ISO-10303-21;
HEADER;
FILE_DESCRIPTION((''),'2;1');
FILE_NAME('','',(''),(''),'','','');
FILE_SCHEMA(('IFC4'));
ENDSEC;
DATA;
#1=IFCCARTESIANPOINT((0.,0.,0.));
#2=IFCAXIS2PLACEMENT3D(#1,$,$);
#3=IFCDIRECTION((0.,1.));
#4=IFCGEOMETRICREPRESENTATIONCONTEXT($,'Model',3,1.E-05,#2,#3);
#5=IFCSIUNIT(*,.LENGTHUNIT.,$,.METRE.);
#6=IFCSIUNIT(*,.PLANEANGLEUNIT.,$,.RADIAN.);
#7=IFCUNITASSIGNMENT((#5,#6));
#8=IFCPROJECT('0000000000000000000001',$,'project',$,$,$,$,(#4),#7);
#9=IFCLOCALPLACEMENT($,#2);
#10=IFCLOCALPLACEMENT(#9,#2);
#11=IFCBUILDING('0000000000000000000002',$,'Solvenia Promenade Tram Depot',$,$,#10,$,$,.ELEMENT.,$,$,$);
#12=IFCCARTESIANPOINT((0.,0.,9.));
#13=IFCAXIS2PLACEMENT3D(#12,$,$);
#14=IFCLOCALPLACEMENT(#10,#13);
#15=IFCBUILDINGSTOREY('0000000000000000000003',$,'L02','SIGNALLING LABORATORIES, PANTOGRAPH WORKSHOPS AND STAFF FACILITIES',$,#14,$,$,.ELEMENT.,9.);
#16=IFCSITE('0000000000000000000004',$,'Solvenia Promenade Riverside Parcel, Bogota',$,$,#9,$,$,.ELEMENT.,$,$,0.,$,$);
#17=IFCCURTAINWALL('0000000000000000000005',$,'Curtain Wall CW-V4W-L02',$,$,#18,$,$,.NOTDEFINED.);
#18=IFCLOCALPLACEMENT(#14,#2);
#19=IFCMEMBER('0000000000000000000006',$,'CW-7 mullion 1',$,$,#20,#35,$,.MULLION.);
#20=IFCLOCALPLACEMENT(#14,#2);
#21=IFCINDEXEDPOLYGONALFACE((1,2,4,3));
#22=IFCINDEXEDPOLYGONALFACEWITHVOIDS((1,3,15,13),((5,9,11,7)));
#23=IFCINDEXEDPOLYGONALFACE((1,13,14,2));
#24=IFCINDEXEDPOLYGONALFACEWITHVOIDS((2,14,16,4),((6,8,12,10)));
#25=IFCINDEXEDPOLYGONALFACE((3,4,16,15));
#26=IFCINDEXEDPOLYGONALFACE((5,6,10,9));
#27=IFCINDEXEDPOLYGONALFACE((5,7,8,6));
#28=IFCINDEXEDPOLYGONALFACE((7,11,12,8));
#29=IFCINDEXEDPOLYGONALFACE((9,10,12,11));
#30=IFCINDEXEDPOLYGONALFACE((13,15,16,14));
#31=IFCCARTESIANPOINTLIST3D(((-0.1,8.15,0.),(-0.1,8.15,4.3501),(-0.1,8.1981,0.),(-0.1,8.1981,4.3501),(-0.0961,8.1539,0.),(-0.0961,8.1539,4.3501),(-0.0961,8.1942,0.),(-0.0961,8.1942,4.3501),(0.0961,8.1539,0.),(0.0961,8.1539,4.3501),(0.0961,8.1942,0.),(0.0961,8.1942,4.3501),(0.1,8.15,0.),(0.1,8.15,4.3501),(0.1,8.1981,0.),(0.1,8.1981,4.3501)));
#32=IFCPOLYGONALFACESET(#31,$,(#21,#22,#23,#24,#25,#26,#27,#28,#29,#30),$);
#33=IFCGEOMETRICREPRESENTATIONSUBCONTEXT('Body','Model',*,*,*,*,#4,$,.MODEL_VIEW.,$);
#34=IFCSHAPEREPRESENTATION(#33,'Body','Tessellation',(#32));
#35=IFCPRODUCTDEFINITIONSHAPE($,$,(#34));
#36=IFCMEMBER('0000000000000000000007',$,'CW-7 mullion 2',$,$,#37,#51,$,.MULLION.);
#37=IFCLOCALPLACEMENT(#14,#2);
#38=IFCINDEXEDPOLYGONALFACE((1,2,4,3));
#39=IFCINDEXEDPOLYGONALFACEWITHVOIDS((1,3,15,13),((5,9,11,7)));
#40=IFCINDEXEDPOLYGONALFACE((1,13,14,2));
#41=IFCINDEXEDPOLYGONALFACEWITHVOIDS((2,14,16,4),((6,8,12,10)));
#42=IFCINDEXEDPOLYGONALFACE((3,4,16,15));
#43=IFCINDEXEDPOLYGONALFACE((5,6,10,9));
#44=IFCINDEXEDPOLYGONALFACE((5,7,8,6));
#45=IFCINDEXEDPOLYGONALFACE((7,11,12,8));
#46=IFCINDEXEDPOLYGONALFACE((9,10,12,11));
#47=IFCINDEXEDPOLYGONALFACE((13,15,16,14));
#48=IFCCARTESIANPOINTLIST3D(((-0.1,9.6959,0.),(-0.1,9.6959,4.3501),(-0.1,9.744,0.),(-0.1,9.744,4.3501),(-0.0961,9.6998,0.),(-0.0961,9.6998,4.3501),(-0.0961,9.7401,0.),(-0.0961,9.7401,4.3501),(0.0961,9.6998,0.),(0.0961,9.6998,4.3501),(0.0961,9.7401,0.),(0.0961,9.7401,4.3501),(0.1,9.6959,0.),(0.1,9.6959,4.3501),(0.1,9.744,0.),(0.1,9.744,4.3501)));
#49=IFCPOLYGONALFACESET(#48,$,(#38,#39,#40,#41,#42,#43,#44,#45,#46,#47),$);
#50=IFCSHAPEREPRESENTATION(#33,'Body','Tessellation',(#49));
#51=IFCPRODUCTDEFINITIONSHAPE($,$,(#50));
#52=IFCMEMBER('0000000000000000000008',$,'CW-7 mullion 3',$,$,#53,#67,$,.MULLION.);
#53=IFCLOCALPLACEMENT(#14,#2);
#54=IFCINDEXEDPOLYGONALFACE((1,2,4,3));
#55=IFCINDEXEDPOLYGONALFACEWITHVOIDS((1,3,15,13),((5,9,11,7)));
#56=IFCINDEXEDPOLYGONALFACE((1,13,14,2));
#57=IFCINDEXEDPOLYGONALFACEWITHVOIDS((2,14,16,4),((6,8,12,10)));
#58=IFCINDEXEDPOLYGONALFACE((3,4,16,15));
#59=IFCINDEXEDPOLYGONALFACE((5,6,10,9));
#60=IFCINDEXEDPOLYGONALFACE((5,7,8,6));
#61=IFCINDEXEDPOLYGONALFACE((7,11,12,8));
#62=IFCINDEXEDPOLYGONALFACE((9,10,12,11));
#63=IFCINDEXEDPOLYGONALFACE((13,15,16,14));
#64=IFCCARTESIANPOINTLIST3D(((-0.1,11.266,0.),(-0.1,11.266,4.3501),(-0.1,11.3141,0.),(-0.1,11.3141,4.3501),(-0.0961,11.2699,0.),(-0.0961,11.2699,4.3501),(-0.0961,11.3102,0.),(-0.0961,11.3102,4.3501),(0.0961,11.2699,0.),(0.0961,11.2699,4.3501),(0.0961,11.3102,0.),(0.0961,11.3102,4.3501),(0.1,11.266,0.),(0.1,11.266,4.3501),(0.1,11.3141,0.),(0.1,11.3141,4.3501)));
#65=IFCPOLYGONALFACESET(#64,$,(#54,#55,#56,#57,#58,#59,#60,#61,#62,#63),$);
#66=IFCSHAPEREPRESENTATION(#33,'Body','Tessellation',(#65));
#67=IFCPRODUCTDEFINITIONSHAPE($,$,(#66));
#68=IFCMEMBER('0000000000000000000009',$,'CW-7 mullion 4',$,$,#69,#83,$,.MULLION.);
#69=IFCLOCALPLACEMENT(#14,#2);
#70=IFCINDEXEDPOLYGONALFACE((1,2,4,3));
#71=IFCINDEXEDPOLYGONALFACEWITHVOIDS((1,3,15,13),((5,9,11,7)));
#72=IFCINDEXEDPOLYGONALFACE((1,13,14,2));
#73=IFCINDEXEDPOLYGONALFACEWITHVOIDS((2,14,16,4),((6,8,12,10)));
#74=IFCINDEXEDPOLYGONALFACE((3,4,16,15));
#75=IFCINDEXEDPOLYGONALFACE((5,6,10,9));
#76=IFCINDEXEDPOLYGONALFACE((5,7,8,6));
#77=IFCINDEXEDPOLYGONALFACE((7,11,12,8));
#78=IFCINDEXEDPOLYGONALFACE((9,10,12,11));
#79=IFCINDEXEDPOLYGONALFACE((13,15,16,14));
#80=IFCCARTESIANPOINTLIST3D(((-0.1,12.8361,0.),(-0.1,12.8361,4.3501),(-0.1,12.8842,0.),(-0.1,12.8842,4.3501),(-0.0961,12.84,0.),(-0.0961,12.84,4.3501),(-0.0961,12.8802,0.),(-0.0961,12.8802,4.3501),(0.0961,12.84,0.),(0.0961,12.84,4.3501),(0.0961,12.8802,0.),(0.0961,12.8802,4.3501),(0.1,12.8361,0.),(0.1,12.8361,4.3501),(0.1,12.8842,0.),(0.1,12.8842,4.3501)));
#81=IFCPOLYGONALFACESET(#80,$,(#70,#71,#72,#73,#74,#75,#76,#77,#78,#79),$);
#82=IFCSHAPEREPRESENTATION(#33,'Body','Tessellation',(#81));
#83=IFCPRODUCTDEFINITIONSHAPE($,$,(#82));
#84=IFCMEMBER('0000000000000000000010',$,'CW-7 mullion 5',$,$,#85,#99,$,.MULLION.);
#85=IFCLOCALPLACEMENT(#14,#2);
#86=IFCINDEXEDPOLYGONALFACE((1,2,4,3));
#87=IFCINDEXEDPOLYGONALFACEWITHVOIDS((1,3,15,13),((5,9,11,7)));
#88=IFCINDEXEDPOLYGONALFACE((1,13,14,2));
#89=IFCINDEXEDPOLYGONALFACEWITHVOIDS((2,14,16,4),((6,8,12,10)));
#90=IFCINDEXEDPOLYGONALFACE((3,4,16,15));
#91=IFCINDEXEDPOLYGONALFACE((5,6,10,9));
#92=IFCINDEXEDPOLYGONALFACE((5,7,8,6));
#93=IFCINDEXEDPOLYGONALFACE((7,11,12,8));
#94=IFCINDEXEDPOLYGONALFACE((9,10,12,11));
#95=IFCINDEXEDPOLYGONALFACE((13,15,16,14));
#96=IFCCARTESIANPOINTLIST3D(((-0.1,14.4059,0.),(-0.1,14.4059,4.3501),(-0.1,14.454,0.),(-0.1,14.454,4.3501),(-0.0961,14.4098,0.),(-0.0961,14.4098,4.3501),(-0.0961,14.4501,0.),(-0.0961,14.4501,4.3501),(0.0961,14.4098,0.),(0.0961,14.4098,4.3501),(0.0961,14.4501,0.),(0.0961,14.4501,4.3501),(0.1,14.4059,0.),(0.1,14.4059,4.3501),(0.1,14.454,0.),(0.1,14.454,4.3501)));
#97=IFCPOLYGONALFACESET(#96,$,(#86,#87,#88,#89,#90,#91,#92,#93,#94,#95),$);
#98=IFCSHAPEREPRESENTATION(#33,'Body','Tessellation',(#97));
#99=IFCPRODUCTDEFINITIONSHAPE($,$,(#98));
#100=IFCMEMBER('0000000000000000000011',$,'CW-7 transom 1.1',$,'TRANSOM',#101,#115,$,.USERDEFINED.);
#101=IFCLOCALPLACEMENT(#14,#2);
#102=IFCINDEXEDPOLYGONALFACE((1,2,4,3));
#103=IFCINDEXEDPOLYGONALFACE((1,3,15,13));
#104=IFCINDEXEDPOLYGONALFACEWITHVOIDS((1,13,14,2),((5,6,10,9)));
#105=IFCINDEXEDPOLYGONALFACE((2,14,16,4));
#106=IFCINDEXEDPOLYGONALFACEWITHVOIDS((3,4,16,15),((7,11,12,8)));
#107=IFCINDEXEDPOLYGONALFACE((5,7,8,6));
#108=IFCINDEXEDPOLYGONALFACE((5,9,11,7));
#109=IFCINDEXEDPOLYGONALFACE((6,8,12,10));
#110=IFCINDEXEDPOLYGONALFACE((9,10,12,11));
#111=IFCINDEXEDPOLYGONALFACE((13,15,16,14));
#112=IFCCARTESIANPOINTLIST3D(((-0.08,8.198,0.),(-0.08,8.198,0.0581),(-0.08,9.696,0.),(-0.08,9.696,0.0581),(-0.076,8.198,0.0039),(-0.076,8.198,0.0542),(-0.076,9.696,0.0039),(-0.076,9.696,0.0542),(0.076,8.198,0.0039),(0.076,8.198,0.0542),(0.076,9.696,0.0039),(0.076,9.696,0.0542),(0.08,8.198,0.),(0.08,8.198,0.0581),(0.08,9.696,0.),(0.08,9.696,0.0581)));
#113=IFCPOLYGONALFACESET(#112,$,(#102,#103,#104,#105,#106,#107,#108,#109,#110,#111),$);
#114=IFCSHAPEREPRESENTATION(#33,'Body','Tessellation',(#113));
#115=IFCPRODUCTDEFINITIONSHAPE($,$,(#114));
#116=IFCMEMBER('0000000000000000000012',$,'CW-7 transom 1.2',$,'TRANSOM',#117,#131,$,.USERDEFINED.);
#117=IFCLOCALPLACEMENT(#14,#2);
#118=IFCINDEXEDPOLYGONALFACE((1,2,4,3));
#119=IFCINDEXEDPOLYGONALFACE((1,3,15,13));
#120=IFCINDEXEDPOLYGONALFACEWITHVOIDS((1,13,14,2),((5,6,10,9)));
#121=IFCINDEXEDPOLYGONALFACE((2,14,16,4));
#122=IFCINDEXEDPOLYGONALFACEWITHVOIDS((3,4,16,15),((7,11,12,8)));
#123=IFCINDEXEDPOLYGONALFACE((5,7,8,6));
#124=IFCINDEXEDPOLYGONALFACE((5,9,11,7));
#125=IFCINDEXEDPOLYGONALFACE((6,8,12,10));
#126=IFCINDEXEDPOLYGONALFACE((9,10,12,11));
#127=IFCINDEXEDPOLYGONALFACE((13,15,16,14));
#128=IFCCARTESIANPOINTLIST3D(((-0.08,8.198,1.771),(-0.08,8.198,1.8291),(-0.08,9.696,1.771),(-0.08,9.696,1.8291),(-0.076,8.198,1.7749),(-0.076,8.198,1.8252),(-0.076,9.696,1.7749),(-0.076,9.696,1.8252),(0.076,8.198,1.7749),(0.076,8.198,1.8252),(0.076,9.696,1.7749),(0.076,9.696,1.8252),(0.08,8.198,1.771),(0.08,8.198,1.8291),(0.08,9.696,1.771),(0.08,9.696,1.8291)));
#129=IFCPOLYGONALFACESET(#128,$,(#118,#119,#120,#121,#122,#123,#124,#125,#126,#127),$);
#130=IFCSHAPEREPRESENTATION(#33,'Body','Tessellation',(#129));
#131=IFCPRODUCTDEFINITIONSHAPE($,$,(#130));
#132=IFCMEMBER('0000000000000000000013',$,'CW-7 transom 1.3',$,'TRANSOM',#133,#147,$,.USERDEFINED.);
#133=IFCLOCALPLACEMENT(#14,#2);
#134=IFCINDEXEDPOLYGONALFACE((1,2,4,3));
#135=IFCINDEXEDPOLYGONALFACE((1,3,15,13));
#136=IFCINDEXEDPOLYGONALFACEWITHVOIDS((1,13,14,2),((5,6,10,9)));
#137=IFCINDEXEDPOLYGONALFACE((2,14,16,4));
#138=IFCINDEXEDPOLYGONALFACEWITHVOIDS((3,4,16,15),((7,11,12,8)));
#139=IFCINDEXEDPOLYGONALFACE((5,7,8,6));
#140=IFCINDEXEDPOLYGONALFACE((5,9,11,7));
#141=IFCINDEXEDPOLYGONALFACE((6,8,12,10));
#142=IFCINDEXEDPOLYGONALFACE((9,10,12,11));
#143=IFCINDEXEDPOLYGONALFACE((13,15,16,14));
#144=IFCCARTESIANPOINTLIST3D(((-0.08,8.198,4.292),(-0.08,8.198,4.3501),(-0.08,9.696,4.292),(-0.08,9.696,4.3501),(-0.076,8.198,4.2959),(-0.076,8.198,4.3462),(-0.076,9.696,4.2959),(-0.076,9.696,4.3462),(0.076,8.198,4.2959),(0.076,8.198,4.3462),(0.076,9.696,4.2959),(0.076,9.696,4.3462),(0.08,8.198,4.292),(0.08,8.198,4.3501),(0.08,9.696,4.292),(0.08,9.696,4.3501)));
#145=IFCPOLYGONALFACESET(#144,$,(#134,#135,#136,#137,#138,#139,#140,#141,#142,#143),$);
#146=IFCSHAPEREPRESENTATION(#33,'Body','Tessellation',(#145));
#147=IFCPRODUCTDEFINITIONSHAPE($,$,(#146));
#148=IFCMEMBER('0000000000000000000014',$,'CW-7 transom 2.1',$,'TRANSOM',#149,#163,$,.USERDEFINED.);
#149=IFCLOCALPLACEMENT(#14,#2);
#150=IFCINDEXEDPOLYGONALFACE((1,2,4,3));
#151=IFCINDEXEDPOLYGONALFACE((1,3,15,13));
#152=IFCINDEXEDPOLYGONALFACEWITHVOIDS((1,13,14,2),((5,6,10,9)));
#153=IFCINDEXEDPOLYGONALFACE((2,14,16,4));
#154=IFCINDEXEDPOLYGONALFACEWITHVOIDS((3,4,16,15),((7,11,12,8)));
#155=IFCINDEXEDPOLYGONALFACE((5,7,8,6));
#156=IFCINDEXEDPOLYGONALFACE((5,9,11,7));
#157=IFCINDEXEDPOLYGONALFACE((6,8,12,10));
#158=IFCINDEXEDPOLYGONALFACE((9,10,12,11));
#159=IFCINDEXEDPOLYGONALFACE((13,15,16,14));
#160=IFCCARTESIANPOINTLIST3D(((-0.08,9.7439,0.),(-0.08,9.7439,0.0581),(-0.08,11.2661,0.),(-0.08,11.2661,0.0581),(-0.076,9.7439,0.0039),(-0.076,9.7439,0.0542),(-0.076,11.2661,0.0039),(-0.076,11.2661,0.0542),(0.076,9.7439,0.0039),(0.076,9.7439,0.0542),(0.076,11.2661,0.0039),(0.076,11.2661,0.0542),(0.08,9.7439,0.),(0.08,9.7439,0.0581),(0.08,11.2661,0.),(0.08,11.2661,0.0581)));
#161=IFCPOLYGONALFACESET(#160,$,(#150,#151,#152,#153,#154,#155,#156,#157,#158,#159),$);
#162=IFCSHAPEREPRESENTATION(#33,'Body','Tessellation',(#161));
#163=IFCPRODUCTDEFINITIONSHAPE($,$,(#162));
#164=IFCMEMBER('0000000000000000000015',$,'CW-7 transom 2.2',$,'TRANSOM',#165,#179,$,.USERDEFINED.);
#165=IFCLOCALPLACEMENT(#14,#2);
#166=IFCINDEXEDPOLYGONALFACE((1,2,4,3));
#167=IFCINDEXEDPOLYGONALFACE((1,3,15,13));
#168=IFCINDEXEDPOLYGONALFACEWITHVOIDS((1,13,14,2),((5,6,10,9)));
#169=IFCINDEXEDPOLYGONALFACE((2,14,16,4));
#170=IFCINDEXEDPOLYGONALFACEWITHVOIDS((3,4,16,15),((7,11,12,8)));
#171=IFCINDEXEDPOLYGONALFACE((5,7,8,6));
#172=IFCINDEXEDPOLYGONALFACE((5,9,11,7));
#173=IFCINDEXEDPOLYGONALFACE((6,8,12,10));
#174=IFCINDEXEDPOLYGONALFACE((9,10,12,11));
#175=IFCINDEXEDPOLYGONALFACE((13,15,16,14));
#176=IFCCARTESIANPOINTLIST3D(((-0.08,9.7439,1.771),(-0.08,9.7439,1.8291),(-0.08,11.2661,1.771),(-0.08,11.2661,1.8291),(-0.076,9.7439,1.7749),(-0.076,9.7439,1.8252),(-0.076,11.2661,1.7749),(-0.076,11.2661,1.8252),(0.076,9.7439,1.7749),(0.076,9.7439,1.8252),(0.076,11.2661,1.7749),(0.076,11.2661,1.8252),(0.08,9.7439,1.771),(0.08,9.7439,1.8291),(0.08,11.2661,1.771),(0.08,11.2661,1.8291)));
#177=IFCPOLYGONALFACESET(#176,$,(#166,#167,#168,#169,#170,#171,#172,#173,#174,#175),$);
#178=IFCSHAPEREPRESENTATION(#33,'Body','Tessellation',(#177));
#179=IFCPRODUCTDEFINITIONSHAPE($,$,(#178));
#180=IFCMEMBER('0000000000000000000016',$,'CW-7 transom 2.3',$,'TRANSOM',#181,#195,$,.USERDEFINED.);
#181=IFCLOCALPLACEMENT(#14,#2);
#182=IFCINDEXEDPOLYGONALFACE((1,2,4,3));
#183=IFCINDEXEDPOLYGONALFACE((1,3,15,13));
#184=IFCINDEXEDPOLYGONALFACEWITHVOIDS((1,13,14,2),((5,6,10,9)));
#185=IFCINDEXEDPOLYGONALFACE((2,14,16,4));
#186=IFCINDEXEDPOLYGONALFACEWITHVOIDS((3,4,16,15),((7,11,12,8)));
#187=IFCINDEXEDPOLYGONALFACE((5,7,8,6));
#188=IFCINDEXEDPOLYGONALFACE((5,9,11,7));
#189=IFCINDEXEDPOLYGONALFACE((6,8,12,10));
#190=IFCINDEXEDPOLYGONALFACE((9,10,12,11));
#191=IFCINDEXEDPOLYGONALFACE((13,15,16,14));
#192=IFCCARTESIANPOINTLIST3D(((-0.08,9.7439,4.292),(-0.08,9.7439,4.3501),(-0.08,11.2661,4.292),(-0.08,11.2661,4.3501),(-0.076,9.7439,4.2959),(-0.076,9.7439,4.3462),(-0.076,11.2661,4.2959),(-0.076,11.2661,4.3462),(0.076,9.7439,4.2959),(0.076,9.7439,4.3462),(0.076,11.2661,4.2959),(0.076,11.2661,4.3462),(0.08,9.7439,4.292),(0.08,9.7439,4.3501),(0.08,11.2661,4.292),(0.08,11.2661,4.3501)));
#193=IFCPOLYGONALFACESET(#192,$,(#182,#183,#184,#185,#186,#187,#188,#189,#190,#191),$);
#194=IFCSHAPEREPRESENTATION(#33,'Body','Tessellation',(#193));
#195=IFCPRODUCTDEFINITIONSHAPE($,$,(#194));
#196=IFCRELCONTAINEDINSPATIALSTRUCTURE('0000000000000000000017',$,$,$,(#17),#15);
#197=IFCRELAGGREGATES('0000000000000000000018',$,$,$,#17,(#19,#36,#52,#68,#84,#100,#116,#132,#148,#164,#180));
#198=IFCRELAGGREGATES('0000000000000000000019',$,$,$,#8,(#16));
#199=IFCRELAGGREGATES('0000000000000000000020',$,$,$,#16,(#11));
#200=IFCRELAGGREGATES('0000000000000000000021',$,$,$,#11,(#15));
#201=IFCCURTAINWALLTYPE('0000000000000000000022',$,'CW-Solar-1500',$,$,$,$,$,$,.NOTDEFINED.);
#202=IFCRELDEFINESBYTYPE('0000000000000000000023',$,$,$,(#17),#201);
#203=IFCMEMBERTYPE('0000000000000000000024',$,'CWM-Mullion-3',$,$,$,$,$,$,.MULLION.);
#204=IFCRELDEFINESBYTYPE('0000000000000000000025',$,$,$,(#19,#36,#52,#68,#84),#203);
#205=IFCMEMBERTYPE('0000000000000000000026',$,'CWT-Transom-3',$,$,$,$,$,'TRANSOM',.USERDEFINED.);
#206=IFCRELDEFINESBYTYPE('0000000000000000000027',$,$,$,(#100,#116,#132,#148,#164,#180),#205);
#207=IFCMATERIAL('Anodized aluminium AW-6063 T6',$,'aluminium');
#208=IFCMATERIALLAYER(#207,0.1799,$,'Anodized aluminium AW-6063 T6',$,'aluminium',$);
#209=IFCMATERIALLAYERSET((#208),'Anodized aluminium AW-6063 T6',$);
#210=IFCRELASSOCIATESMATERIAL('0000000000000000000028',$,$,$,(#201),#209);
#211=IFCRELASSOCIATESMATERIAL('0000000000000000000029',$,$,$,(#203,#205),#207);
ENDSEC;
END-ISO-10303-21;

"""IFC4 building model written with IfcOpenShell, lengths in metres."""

from ifc_helpers import new_model, si_unit, direction, frame, origin, origin_2d, place, context, subcontext, project, spatial, hollow_rectangle, extrude, material, layer, layer_set, material_profile, profile_set, type_object, element, aggregate, save


model = new_model("IFC4")

# Units and contexts
model_context = context("Model", 3, precision=1e-05, world=origin(), true_north=direction((0.0, 1.0)))
body_context = subcontext(model_context, "Body", "Model", "MODEL_VIEW")
ifc_project = project(units=[si_unit("LENGTHUNIT", "METRE"), si_unit("PLANEANGLEUNIT", "RADIAN")], contexts=[model_context])

# Site, building, storey
site_placement = place(None, origin())
site = spatial("IfcSite", under=ifc_project, at=site_placement, Name="Solvenia Promenade Riverside Parcel, Bogota", CompositionType="ELEMENT", RefElevation=0.0)
building_placement = place(site_placement, origin())
building = spatial("IfcBuilding", under=site, at=building_placement, Name="Solvenia Promenade Tram Depot", CompositionType="ELEMENT")
storey_placement = place(building_placement, frame((0.0, 0.0, 9.0)))
storey = spatial("IfcBuildingStorey", under=building, at=storey_placement, Name="L02", Description="SIGNALLING LABORATORIES, PANTOGRAPH WORKSHOPS AND STAFF FACILITIES", CompositionType="ELEMENT", Elevation=9.0)

# Curtain wall, members
ifc_material_1 = material(Name="Anodized aluminium AW-6063 T6", Category="aluminium")
ifc_layer_1 = layer(ifc_material_1, 0.1799, Name="Anodized aluminium AW-6063 T6", Category="aluminium")
ifc_layer_set_1 = layer_set([ifc_layer_1], Name="Anodized aluminium AW-6063 T6")
curtain_wall_type = type_object("IfcCurtainWallType", Name="CW-Solar-1500", PredefinedType="NOTDEFINED", material=ifc_layer_set_1)
curtain_wall_placement = place(storey_placement, origin())
curtain_wall = element("IfcCurtainWall", 1, at=curtain_wall_placement, inside=storey, type_object=curtain_wall_type, Name="Curtain Wall CW-V4W-L02", PredefinedType="NOTDEFINED")
ifc_material_profile_1 = material_profile(ifc_material_1, hollow_rectangle(XDim=0.2, YDim=0.0481, WallThickness=0.0039, at=origin_2d()), Name="ALU-M3", Category="aluminium")
ifc_profile_set_1 = profile_set([ifc_material_profile_1], Name="Anodized aluminium AW-6063 T6")
member_type_1 = type_object("IfcMemberType", Name="CWM-Mullion-3", PredefinedType="MULLION", material=ifc_profile_set_1)
member_1_placement = place(storey_placement, frame((0.0, 8.1741, 0.0), z_axis=(0.0, 0.0, 1.0), x_axis=(-1.0, 0.0, 0.0)))
member_1 = element("IfcMember", 2, at=member_1_placement, type_object=member_type_1, Name="CW-7 mullion 1", PredefinedType="MULLION", context=body_context, shape_type="SweptSolid", body=[
    extrude(hollow_rectangle(XDim=0.2, YDim=0.0481, WallThickness=0.0039, at=origin_2d()), origin(), (0.0, 0.0, 1.0), 4.3501),
])
member_2_placement = place(storey_placement, frame((0.0, 9.72, 0.0), z_axis=(0.0, 0.0, 1.0), x_axis=(-1.0, 0.0, 0.0)))
member_2 = element("IfcMember", 3, at=member_2_placement, type_object=member_type_1, Name="CW-7 mullion 2", PredefinedType="MULLION", context=body_context, shape_type="SweptSolid", body=[
    extrude(hollow_rectangle(XDim=0.2, YDim=0.0481, WallThickness=0.0039, at=origin_2d()), origin(), (0.0, 0.0, 1.0), 4.3501),
])
member_3_placement = place(storey_placement, frame((0.0, 11.29, 0.0), z_axis=(0.0, 0.0, 1.0), x_axis=(-1.0, 0.0, 0.0)))
member_3 = element("IfcMember", 4, at=member_3_placement, type_object=member_type_1, Name="CW-7 mullion 3", PredefinedType="MULLION", context=body_context, shape_type="SweptSolid", body=[
    extrude(hollow_rectangle(XDim=0.2, YDim=0.0481, WallThickness=0.0039, at=origin_2d()), origin(), (0.0, 0.0, 1.0), 4.3501),
])
member_4_placement = place(storey_placement, frame((0.0, 12.8601, 0.0), z_axis=(0.0, 0.0, 1.0), x_axis=(-1.0, 0.0, 0.0)))
member_4 = element("IfcMember", 5, at=member_4_placement, type_object=member_type_1, Name="CW-7 mullion 4", PredefinedType="MULLION", context=body_context, shape_type="SweptSolid", body=[
    extrude(hollow_rectangle(XDim=0.2, YDim=0.0481, WallThickness=0.0039, at=origin_2d()), origin(), (0.0, 0.0, 1.0), 4.3501),
])
member_5_placement = place(storey_placement, frame((0.0, 14.4299, 0.0), z_axis=(0.0, 0.0, 1.0), x_axis=(-1.0, 0.0, 0.0)))
member_5 = element("IfcMember", 6, at=member_5_placement, type_object=member_type_1, Name="CW-7 mullion 5", PredefinedType="MULLION", context=body_context, shape_type="SweptSolid", body=[
    extrude(hollow_rectangle(XDim=0.2, YDim=0.0481, WallThickness=0.0039, at=origin_2d()), origin(), (0.0, 0.0, 1.0), 4.3501),
])
ifc_material_profile_2 = material_profile(ifc_material_1, hollow_rectangle(XDim=0.1599, YDim=0.0581, WallThickness=0.0039, at=origin_2d()), Name="ALU-T3", Category="aluminium")
ifc_profile_set_2 = profile_set([ifc_material_profile_2], Name="Anodized aluminium AW-6063 T6")
member_type_2 = type_object("IfcMemberType", Name="CWT-Transom-3", ElementType="TRANSOM", PredefinedType="USERDEFINED", material=ifc_profile_set_2)
member_6_placement = place(storey_placement, frame((0.0, 8.198, 0.0291), z_axis=(0.0, 1.0, 0.0), x_axis=(-1.0, 0.0, 0.0)))
member_6 = element("IfcMember", 7, at=member_6_placement, type_object=member_type_2, Name="CW-7 transom 1.1", ObjectType="TRANSOM", PredefinedType="USERDEFINED", context=body_context, shape_type="SweptSolid", body=[
    extrude(hollow_rectangle(XDim=0.1599, YDim=0.0581, WallThickness=0.0039, at=origin_2d()), origin(), (0.0, 0.0, 1.0), 1.498),
])
member_7_placement = place(storey_placement, frame((0.0, 8.198, 1.8), z_axis=(0.0, 1.0, 0.0), x_axis=(-1.0, 0.0, 0.0)))
member_7 = element("IfcMember", 8, at=member_7_placement, type_object=member_type_2, Name="CW-7 transom 1.2", ObjectType="TRANSOM", PredefinedType="USERDEFINED", context=body_context, shape_type="SweptSolid", body=[
    extrude(hollow_rectangle(XDim=0.1599, YDim=0.0581, WallThickness=0.0039, at=origin_2d()), origin(), (0.0, 0.0, 1.0), 1.498),
])
member_8_placement = place(storey_placement, frame((0.0, 8.198, 4.321), z_axis=(0.0, 1.0, 0.0), x_axis=(-1.0, 0.0, 0.0)))
member_8 = element("IfcMember", 9, at=member_8_placement, type_object=member_type_2, Name="CW-7 transom 1.3", ObjectType="TRANSOM", PredefinedType="USERDEFINED", context=body_context, shape_type="SweptSolid", body=[
    extrude(hollow_rectangle(XDim=0.1599, YDim=0.0581, WallThickness=0.0039, at=origin_2d()), origin(), (0.0, 0.0, 1.0), 1.498),
])
member_9_placement = place(storey_placement, frame((0.0, 9.7439, 0.0291), z_axis=(0.0, 1.0, 0.0), x_axis=(-1.0, 0.0, 0.0)))
member_9 = element("IfcMember", 10, at=member_9_placement, type_object=member_type_2, Name="CW-7 transom 2.1", ObjectType="TRANSOM", PredefinedType="USERDEFINED", context=body_context, shape_type="SweptSolid", body=[
    extrude(hollow_rectangle(XDim=0.1599, YDim=0.0581, WallThickness=0.0039, at=origin_2d()), origin(), (0.0, 0.0, 1.0), 1.5222),
])
member_10_placement = place(storey_placement, frame((0.0, 9.7439, 1.8), z_axis=(0.0, 1.0, 0.0), x_axis=(-1.0, 0.0, 0.0)))
member_10 = element("IfcMember", 11, at=member_10_placement, type_object=member_type_2, Name="CW-7 transom 2.2", ObjectType="TRANSOM", PredefinedType="USERDEFINED", context=body_context, shape_type="SweptSolid", body=[
    extrude(hollow_rectangle(XDim=0.1599, YDim=0.0581, WallThickness=0.0039, at=origin_2d()), origin(), (0.0, 0.0, 1.0), 1.5222),
])
member_11_placement = place(storey_placement, frame((0.0, 9.7439, 4.321), z_axis=(0.0, 1.0, 0.0), x_axis=(-1.0, 0.0, 0.0)))
member_11 = element("IfcMember", 12, at=member_11_placement, type_object=member_type_2, Name="CW-7 transom 2.3", ObjectType="TRANSOM", PredefinedType="USERDEFINED", context=body_context, shape_type="SweptSolid", body=[
    extrude(hollow_rectangle(XDim=0.1599, YDim=0.0581, WallThickness=0.0039, at=origin_2d()), origin(), (0.0, 0.0, 1.0), 1.5222),
])
aggregate(curtain_wall, [member_1, member_2, member_3, member_4, member_5, member_6, member_7, member_8, member_9, member_10, member_11])

save(model, "model.ifc")
